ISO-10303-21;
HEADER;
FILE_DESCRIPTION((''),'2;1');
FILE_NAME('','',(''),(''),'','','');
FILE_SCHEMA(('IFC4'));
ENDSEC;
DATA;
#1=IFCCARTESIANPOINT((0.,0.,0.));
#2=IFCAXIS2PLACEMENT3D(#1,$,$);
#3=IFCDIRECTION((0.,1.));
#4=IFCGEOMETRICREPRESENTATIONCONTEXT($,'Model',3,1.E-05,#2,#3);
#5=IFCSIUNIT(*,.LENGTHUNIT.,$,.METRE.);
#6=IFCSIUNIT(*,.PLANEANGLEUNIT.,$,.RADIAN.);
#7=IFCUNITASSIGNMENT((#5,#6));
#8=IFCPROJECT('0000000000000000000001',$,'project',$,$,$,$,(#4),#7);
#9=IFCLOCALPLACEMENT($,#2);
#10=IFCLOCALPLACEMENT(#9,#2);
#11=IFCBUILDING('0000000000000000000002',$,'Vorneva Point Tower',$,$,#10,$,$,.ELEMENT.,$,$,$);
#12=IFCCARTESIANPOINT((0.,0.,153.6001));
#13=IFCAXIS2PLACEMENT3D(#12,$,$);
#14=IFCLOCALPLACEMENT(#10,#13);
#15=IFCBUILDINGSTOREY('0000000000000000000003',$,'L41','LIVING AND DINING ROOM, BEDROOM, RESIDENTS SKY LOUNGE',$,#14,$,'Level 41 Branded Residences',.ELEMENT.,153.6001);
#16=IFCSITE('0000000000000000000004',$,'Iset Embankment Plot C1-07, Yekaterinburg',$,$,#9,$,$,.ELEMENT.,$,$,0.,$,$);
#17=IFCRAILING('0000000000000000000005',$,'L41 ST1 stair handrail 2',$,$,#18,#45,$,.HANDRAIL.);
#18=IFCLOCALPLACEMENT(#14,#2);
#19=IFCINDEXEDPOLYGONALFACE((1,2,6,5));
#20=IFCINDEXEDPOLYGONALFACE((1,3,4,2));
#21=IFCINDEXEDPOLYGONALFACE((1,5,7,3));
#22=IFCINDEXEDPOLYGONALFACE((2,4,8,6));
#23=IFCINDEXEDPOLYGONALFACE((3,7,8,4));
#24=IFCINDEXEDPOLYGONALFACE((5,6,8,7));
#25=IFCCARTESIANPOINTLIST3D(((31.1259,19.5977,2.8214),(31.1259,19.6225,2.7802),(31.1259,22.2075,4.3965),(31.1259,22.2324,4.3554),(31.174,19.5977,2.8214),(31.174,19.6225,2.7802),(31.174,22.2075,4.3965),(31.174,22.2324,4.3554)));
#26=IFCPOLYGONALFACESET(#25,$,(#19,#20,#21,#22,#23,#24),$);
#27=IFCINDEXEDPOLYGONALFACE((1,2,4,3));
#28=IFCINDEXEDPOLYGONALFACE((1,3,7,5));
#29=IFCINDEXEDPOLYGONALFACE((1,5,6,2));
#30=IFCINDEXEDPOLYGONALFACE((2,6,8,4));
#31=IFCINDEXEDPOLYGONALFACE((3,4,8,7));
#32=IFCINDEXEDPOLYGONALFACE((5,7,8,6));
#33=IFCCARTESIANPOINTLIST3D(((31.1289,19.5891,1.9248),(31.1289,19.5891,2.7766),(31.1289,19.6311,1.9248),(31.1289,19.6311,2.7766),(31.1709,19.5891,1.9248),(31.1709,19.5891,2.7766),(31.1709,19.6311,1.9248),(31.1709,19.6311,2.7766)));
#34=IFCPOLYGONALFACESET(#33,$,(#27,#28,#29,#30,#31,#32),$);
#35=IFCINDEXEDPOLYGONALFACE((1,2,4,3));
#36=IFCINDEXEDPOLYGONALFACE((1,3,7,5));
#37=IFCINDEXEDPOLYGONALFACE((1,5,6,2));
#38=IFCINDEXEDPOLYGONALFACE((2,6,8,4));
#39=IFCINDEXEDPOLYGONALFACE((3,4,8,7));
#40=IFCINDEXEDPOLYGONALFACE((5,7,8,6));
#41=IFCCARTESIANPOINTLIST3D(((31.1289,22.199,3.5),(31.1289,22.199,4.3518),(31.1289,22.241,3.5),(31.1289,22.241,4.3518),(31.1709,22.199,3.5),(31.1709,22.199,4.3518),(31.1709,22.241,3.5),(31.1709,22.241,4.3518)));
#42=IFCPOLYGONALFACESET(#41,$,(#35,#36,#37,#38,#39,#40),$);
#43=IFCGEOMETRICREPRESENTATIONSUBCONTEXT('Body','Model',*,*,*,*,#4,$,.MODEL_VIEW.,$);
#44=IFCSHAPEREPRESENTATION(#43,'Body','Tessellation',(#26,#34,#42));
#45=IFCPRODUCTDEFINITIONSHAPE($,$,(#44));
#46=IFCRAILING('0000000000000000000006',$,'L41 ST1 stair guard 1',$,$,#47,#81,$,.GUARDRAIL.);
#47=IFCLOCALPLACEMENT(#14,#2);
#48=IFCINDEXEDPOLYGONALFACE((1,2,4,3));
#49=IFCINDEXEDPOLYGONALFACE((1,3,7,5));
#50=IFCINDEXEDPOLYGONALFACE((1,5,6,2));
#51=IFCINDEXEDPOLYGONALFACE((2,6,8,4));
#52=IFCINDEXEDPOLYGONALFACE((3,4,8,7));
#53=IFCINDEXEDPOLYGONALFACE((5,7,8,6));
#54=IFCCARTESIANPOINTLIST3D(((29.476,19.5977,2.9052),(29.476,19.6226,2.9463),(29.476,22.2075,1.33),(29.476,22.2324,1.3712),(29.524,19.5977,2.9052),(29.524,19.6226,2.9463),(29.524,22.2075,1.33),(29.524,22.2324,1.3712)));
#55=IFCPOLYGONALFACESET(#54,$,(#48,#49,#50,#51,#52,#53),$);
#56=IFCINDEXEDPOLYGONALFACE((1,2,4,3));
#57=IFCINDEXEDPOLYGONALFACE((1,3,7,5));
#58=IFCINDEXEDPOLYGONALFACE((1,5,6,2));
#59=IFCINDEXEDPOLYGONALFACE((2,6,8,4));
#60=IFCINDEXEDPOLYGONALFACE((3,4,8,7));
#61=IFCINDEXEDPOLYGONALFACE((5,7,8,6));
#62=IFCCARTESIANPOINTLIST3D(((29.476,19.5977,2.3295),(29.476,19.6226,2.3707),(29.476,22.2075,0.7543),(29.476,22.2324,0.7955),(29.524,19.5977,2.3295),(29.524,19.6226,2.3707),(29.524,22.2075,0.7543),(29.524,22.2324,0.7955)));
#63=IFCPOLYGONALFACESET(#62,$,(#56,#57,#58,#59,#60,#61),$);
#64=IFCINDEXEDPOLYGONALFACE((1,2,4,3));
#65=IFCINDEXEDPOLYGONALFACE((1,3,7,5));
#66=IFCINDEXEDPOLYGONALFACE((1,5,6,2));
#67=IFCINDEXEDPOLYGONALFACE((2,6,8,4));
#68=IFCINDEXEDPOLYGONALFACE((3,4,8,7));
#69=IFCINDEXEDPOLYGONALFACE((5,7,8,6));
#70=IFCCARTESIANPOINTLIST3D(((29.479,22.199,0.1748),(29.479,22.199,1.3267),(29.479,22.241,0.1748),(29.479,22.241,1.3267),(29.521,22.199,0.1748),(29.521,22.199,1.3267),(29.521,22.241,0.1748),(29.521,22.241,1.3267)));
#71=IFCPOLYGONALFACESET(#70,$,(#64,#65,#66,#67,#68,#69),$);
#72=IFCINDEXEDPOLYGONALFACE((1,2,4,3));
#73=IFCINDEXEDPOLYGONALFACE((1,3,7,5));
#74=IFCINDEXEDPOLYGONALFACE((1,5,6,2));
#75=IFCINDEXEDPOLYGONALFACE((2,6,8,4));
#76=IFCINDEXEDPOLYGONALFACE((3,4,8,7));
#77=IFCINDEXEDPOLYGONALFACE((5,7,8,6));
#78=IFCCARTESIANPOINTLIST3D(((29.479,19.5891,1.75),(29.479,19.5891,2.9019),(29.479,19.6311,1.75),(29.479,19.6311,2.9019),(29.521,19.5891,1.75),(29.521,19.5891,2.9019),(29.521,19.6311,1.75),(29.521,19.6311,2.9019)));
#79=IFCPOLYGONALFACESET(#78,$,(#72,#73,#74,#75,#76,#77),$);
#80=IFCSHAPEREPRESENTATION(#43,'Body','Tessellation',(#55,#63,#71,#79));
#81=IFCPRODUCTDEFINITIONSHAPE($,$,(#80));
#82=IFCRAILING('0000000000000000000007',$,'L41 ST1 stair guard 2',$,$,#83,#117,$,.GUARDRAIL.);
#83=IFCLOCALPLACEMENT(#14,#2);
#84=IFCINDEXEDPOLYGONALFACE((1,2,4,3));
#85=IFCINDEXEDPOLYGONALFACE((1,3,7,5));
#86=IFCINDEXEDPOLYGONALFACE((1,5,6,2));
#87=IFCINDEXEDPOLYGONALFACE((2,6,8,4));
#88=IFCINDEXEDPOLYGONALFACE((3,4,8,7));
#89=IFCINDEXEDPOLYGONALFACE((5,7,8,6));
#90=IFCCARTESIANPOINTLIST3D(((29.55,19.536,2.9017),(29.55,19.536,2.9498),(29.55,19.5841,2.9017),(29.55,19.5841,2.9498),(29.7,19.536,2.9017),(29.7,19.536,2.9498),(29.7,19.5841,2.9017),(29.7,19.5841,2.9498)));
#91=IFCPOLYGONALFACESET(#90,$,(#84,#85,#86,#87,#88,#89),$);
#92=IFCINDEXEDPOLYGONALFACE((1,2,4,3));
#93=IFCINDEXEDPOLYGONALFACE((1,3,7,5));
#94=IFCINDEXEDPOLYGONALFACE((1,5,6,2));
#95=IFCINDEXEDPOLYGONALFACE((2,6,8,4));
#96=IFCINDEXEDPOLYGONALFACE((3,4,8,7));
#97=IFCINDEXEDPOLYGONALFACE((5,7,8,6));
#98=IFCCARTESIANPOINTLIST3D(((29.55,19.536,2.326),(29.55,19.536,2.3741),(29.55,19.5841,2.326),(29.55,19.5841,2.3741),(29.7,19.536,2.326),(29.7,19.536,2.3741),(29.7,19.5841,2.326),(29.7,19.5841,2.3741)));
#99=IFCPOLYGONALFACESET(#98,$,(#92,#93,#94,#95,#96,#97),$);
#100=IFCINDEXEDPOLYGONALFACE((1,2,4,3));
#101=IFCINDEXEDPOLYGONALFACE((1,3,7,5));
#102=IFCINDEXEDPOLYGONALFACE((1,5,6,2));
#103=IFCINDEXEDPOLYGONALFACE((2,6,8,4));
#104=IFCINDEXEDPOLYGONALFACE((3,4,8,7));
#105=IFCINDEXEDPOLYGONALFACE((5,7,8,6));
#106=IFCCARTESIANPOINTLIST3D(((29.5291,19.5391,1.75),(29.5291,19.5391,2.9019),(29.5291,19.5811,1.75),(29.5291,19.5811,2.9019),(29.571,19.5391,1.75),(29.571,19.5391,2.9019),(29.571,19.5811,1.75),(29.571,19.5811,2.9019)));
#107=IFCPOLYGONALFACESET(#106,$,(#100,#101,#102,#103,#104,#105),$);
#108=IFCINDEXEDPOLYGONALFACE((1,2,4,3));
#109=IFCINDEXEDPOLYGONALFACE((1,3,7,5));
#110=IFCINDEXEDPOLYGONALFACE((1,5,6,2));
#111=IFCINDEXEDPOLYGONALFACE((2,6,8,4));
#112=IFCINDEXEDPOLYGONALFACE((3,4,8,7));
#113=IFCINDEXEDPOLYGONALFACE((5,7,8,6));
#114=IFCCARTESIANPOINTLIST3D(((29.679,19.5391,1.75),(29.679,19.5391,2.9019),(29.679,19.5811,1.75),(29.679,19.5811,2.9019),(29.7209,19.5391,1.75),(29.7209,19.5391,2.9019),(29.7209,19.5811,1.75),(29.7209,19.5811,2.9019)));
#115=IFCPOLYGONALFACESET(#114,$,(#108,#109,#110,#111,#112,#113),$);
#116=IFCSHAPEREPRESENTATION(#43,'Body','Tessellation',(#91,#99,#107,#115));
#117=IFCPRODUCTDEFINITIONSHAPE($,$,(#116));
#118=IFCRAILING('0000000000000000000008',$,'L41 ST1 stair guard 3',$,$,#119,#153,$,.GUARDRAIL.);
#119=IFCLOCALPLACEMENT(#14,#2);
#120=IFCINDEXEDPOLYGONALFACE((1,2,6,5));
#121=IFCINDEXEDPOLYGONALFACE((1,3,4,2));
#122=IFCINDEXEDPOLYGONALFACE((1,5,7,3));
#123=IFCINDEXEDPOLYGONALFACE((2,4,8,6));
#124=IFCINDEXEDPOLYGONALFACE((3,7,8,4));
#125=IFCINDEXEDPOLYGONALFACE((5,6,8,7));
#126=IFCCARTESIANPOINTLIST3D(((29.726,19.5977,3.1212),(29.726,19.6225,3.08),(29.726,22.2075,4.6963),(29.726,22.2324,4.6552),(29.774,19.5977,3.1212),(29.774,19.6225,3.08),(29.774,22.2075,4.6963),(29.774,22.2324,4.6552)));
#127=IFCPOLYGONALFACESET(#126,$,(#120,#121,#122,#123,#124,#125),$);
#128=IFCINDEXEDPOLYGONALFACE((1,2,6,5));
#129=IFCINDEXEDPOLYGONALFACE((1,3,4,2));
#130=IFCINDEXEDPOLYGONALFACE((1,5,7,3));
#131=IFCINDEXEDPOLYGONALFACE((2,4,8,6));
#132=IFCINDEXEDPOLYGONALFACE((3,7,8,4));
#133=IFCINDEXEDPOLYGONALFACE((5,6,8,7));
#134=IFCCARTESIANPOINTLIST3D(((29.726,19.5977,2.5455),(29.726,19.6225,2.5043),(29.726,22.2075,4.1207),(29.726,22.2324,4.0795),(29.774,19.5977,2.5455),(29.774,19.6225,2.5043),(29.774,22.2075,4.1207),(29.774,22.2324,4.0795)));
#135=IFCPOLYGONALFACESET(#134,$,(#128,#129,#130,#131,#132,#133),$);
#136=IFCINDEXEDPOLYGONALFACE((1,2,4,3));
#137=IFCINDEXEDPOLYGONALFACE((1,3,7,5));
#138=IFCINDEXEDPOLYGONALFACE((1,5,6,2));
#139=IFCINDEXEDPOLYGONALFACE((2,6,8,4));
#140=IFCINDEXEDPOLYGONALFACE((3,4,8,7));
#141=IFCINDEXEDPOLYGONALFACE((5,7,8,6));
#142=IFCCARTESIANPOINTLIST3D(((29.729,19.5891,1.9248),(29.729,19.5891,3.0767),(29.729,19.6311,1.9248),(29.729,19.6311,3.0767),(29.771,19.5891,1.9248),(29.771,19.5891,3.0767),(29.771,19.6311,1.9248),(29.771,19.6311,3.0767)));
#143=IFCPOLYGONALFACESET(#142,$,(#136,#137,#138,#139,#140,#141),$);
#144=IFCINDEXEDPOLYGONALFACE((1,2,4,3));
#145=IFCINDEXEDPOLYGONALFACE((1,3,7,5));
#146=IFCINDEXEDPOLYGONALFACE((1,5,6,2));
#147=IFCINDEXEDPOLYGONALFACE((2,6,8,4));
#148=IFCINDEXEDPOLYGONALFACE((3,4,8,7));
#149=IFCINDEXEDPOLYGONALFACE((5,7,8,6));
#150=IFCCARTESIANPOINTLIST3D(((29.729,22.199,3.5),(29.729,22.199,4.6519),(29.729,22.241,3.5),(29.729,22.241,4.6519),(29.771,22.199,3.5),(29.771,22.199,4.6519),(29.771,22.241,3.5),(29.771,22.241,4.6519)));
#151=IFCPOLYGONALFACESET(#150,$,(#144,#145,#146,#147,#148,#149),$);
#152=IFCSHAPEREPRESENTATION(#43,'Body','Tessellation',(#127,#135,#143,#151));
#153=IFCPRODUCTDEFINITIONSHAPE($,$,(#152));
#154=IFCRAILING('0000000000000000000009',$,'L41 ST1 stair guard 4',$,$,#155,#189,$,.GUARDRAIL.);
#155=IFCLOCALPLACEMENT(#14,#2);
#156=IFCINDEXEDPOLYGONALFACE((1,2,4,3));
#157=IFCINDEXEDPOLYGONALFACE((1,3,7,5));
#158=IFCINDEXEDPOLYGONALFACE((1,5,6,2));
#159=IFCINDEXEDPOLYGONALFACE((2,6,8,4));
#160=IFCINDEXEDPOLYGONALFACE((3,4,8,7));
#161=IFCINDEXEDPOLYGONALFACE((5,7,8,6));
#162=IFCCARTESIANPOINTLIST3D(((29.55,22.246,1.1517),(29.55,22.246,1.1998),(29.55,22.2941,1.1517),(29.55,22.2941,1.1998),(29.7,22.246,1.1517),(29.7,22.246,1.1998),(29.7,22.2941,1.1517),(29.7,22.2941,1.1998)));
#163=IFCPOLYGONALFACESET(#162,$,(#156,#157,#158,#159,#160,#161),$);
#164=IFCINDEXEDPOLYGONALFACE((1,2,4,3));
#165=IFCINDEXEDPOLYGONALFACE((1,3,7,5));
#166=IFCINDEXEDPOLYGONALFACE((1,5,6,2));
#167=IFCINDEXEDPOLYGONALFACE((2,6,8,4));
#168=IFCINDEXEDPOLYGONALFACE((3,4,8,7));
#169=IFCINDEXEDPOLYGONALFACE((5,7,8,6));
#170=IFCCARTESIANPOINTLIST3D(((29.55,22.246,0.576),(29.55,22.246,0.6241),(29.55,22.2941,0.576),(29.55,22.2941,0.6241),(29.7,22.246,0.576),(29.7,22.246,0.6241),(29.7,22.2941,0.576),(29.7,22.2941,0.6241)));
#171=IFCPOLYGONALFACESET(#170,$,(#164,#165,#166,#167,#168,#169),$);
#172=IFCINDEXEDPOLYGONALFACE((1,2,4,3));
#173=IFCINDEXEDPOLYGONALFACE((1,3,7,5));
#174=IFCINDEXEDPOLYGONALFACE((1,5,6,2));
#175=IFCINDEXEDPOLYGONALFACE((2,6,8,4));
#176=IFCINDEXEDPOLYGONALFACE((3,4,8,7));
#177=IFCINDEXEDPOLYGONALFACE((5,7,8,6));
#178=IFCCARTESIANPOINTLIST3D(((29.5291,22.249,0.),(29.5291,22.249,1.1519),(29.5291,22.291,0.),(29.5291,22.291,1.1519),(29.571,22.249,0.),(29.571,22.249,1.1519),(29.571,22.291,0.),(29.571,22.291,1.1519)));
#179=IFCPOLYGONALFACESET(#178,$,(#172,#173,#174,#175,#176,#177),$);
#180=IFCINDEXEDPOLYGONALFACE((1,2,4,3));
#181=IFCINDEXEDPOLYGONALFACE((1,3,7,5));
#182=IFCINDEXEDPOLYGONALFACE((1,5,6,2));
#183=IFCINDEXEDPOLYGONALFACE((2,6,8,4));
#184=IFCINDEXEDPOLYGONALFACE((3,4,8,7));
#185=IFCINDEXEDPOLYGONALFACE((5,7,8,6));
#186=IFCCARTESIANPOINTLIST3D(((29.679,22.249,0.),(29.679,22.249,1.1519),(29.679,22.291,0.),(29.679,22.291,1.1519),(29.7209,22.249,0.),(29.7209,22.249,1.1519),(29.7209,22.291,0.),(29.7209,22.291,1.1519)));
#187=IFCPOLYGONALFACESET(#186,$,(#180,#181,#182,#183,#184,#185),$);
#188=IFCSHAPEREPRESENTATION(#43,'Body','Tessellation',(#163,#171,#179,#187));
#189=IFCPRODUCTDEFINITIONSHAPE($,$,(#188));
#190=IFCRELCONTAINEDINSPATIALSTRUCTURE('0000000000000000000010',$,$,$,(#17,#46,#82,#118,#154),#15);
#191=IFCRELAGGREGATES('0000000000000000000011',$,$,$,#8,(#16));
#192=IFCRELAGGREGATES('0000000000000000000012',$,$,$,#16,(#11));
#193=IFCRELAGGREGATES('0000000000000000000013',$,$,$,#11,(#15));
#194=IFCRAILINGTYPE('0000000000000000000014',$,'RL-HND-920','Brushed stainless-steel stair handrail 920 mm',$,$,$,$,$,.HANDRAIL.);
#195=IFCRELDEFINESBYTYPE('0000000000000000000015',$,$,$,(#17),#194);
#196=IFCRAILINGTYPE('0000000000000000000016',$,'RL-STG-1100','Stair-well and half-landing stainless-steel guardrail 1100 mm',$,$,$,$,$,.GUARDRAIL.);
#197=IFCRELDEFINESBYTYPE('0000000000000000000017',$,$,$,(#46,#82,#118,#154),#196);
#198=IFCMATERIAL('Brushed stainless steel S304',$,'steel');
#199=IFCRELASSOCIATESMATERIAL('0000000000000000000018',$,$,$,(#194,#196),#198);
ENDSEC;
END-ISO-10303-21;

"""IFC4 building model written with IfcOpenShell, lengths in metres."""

from ifc_helpers import new_model, si_unit, direction, frame, origin, origin_2d, place, context, subcontext, project, spatial, rectangle, extrude, material, type_object, element, save


model = new_model("IFC4")

# Units and contexts
model_context = context("Model", 3, precision=1e-05, world=origin(), true_north=direction((0.0, 1.0)))
body_context = subcontext(model_context, "Body", "Model", "MODEL_VIEW")
ifc_project = project(units=[si_unit("LENGTHUNIT", "METRE"), si_unit("PLANEANGLEUNIT", "RADIAN")], contexts=[model_context])

# Site, building, storey
site_placement = place(None, origin())
site = spatial("IfcSite", under=ifc_project, at=site_placement, Name="Iset Embankment Plot C1-07, Yekaterinburg", CompositionType="ELEMENT", RefElevation=0.0)
building_placement = place(site_placement, origin())
building = spatial("IfcBuilding", under=site, at=building_placement, Name="Vorneva Point Tower", CompositionType="ELEMENT")
storey_placement = place(building_placement, frame((0.0, 0.0, 153.6001)))
storey = spatial("IfcBuildingStorey", under=building, at=storey_placement, Name="L41", Description="LIVING AND DINING ROOM, BEDROOM, RESIDENTS SKY LOUNGE", LongName="Level 41 Branded Residences", CompositionType="ELEMENT", Elevation=153.6001)

# Shared definitions
ifc_material_1 = material(Name="Brushed stainless steel S304", Category="steel")

# Railings
railing_type_1 = type_object("IfcRailingType", Name="RL-HND-920", Description="Brushed stainless-steel stair handrail 920 mm", PredefinedType="HANDRAIL", material=ifc_material_1)
railing_1_placement = place(storey_placement, frame((31.1499, 19.6101, 1.9248)))
element("IfcRailing", 1, at=railing_1_placement, inside=storey, type_object=railing_type_1, Name="L41 ST1 stair handrail 2", PredefinedType="HANDRAIL", context=body_context, shape_type="SweptSolid", body=[
    extrude(rectangle(XDim=0.0481, YDim=0.0481, at=origin_2d()), frame((0.0, 0.0, 0.876), z_axis=(0.0, 0.856147, 0.516732), x_axis=(-1.0, 0.0, 0.0)), (0.0, 0.0, 1.0), 3.0483),
    extrude(rectangle(XDim=0.042, YDim=0.042, at=origin_2d()), origin(), (0.0, 0.0, 1.0), 0.8518),
    extrude(rectangle(XDim=0.042, YDim=0.042, at=origin_2d()), frame((0.0, 2.6099, 1.5752)), (0.0, 0.0, 1.0), 0.8518),
])
railing_type_2 = type_object("IfcRailingType", Name="RL-STG-1100", Description="Stair-well and half-landing stainless-steel guardrail 1100 mm", PredefinedType="GUARDRAIL", material=ifc_material_1)
railing_2_placement = place(storey_placement, frame((29.5, 22.22, 0.1748)))
element("IfcRailing", 2, at=railing_2_placement, inside=storey, type_object=railing_type_2, Name="L41 ST1 stair guard 1", PredefinedType="GUARDRAIL", context=body_context, shape_type="SweptSolid", body=[
    extrude(rectangle(XDim=0.0481, YDim=0.0481, at=origin_2d()), frame((0.0, 0.0, 1.1758), z_axis=(0.0, -0.856147, 0.516732), x_axis=(1.0, 0.0, 0.0)), (0.0, 0.0, 1.0), 3.0483),
    extrude(rectangle(XDim=0.0481, YDim=0.0481, at=origin_2d()), frame((0.0, 0.0, 0.6001), z_axis=(0.0, -0.856147, 0.516732), x_axis=(1.0, 0.0, 0.0)), (0.0, 0.0, 1.0), 3.0483),
    extrude(rectangle(XDim=0.042, YDim=0.042, at=origin_2d()), origin(), (0.0, 0.0, 1.0), 1.1519),
    extrude(rectangle(XDim=0.042, YDim=0.042, at=origin_2d()), frame((0.0, -2.6099, 1.5752)), (0.0, 0.0, 1.0), 1.1519),
])
railing_3_placement = place(storey_placement, frame((29.55, 19.5601, 1.75)))
element("IfcRailing", 3, at=railing_3_placement, inside=storey, type_object=railing_type_2, Name="L41 ST1 stair guard 2", PredefinedType="GUARDRAIL", context=body_context, shape_type="SweptSolid", body=[
    extrude(rectangle(XDim=0.0481, YDim=0.0481, at=origin_2d()), frame((0.0, 0.0, 1.1758), z_axis=(1.0, 0.0, 0.0), x_axis=(0.0, 1.0, 0.0)), (0.0, 0.0, 1.0), 0.1499),
    extrude(rectangle(XDim=0.0481, YDim=0.0481, at=origin_2d()), frame((0.0, 0.0, 0.6001), z_axis=(1.0, 0.0, 0.0), x_axis=(0.0, 1.0, 0.0)), (0.0, 0.0, 1.0), 0.1499),
    extrude(rectangle(XDim=0.042, YDim=0.042, at=origin_2d()), origin(), (0.0, 0.0, 1.0), 1.1519),
    extrude(rectangle(XDim=0.042, YDim=0.042, at=origin_2d()), frame((0.1499, 0.0, 0.0)), (0.0, 0.0, 1.0), 1.1519),
])
railing_4_placement = place(storey_placement, frame((29.75, 19.6101, 1.9248)))
element("IfcRailing", 4, at=railing_4_placement, inside=storey, type_object=railing_type_2, Name="L41 ST1 stair guard 3", PredefinedType="GUARDRAIL", context=body_context, shape_type="SweptSolid", body=[
    extrude(rectangle(XDim=0.0481, YDim=0.0481, at=origin_2d()), frame((0.0, 0.0, 1.1758), z_axis=(0.0, 0.856147, 0.516732), x_axis=(-1.0, 0.0, 0.0)), (0.0, 0.0, 1.0), 3.0483),
    extrude(rectangle(XDim=0.0481, YDim=0.0481, at=origin_2d()), frame((0.0, 0.0, 0.6001), z_axis=(0.0, 0.856147, 0.516732), x_axis=(-1.0, 0.0, 0.0)), (0.0, 0.0, 1.0), 3.0483),
    extrude(rectangle(XDim=0.042, YDim=0.042, at=origin_2d()), origin(), (0.0, 0.0, 1.0), 1.1519),
    extrude(rectangle(XDim=0.042, YDim=0.042, at=origin_2d()), frame((0.0, 2.6099, 1.5752)), (0.0, 0.0, 1.0), 1.1519),
])
railing_5_placement = place(storey_placement, frame((29.55, 22.27, 0.0)))
element("IfcRailing", 5, at=railing_5_placement, inside=storey, type_object=railing_type_2, Name="L41 ST1 stair guard 4", PredefinedType="GUARDRAIL", context=body_context, shape_type="SweptSolid", body=[
    extrude(rectangle(XDim=0.0481, YDim=0.0481, at=origin_2d()), frame((0.0, 0.0, 1.1758), z_axis=(1.0, 0.0, 0.0), x_axis=(0.0, 1.0, 0.0)), (0.0, 0.0, 1.0), 0.1499),
    extrude(rectangle(XDim=0.0481, YDim=0.0481, at=origin_2d()), frame((0.0, 0.0, 0.6001), z_axis=(1.0, 0.0, 0.0), x_axis=(0.0, 1.0, 0.0)), (0.0, 0.0, 1.0), 0.1499),
    extrude(rectangle(XDim=0.042, YDim=0.042, at=origin_2d()), origin(), (0.0, 0.0, 1.0), 1.1519),
    extrude(rectangle(XDim=0.042, YDim=0.042, at=origin_2d()), frame((0.1499, 0.0, 0.0)), (0.0, 0.0, 1.0), 1.1519),
])

save(model, "model.ifc")
